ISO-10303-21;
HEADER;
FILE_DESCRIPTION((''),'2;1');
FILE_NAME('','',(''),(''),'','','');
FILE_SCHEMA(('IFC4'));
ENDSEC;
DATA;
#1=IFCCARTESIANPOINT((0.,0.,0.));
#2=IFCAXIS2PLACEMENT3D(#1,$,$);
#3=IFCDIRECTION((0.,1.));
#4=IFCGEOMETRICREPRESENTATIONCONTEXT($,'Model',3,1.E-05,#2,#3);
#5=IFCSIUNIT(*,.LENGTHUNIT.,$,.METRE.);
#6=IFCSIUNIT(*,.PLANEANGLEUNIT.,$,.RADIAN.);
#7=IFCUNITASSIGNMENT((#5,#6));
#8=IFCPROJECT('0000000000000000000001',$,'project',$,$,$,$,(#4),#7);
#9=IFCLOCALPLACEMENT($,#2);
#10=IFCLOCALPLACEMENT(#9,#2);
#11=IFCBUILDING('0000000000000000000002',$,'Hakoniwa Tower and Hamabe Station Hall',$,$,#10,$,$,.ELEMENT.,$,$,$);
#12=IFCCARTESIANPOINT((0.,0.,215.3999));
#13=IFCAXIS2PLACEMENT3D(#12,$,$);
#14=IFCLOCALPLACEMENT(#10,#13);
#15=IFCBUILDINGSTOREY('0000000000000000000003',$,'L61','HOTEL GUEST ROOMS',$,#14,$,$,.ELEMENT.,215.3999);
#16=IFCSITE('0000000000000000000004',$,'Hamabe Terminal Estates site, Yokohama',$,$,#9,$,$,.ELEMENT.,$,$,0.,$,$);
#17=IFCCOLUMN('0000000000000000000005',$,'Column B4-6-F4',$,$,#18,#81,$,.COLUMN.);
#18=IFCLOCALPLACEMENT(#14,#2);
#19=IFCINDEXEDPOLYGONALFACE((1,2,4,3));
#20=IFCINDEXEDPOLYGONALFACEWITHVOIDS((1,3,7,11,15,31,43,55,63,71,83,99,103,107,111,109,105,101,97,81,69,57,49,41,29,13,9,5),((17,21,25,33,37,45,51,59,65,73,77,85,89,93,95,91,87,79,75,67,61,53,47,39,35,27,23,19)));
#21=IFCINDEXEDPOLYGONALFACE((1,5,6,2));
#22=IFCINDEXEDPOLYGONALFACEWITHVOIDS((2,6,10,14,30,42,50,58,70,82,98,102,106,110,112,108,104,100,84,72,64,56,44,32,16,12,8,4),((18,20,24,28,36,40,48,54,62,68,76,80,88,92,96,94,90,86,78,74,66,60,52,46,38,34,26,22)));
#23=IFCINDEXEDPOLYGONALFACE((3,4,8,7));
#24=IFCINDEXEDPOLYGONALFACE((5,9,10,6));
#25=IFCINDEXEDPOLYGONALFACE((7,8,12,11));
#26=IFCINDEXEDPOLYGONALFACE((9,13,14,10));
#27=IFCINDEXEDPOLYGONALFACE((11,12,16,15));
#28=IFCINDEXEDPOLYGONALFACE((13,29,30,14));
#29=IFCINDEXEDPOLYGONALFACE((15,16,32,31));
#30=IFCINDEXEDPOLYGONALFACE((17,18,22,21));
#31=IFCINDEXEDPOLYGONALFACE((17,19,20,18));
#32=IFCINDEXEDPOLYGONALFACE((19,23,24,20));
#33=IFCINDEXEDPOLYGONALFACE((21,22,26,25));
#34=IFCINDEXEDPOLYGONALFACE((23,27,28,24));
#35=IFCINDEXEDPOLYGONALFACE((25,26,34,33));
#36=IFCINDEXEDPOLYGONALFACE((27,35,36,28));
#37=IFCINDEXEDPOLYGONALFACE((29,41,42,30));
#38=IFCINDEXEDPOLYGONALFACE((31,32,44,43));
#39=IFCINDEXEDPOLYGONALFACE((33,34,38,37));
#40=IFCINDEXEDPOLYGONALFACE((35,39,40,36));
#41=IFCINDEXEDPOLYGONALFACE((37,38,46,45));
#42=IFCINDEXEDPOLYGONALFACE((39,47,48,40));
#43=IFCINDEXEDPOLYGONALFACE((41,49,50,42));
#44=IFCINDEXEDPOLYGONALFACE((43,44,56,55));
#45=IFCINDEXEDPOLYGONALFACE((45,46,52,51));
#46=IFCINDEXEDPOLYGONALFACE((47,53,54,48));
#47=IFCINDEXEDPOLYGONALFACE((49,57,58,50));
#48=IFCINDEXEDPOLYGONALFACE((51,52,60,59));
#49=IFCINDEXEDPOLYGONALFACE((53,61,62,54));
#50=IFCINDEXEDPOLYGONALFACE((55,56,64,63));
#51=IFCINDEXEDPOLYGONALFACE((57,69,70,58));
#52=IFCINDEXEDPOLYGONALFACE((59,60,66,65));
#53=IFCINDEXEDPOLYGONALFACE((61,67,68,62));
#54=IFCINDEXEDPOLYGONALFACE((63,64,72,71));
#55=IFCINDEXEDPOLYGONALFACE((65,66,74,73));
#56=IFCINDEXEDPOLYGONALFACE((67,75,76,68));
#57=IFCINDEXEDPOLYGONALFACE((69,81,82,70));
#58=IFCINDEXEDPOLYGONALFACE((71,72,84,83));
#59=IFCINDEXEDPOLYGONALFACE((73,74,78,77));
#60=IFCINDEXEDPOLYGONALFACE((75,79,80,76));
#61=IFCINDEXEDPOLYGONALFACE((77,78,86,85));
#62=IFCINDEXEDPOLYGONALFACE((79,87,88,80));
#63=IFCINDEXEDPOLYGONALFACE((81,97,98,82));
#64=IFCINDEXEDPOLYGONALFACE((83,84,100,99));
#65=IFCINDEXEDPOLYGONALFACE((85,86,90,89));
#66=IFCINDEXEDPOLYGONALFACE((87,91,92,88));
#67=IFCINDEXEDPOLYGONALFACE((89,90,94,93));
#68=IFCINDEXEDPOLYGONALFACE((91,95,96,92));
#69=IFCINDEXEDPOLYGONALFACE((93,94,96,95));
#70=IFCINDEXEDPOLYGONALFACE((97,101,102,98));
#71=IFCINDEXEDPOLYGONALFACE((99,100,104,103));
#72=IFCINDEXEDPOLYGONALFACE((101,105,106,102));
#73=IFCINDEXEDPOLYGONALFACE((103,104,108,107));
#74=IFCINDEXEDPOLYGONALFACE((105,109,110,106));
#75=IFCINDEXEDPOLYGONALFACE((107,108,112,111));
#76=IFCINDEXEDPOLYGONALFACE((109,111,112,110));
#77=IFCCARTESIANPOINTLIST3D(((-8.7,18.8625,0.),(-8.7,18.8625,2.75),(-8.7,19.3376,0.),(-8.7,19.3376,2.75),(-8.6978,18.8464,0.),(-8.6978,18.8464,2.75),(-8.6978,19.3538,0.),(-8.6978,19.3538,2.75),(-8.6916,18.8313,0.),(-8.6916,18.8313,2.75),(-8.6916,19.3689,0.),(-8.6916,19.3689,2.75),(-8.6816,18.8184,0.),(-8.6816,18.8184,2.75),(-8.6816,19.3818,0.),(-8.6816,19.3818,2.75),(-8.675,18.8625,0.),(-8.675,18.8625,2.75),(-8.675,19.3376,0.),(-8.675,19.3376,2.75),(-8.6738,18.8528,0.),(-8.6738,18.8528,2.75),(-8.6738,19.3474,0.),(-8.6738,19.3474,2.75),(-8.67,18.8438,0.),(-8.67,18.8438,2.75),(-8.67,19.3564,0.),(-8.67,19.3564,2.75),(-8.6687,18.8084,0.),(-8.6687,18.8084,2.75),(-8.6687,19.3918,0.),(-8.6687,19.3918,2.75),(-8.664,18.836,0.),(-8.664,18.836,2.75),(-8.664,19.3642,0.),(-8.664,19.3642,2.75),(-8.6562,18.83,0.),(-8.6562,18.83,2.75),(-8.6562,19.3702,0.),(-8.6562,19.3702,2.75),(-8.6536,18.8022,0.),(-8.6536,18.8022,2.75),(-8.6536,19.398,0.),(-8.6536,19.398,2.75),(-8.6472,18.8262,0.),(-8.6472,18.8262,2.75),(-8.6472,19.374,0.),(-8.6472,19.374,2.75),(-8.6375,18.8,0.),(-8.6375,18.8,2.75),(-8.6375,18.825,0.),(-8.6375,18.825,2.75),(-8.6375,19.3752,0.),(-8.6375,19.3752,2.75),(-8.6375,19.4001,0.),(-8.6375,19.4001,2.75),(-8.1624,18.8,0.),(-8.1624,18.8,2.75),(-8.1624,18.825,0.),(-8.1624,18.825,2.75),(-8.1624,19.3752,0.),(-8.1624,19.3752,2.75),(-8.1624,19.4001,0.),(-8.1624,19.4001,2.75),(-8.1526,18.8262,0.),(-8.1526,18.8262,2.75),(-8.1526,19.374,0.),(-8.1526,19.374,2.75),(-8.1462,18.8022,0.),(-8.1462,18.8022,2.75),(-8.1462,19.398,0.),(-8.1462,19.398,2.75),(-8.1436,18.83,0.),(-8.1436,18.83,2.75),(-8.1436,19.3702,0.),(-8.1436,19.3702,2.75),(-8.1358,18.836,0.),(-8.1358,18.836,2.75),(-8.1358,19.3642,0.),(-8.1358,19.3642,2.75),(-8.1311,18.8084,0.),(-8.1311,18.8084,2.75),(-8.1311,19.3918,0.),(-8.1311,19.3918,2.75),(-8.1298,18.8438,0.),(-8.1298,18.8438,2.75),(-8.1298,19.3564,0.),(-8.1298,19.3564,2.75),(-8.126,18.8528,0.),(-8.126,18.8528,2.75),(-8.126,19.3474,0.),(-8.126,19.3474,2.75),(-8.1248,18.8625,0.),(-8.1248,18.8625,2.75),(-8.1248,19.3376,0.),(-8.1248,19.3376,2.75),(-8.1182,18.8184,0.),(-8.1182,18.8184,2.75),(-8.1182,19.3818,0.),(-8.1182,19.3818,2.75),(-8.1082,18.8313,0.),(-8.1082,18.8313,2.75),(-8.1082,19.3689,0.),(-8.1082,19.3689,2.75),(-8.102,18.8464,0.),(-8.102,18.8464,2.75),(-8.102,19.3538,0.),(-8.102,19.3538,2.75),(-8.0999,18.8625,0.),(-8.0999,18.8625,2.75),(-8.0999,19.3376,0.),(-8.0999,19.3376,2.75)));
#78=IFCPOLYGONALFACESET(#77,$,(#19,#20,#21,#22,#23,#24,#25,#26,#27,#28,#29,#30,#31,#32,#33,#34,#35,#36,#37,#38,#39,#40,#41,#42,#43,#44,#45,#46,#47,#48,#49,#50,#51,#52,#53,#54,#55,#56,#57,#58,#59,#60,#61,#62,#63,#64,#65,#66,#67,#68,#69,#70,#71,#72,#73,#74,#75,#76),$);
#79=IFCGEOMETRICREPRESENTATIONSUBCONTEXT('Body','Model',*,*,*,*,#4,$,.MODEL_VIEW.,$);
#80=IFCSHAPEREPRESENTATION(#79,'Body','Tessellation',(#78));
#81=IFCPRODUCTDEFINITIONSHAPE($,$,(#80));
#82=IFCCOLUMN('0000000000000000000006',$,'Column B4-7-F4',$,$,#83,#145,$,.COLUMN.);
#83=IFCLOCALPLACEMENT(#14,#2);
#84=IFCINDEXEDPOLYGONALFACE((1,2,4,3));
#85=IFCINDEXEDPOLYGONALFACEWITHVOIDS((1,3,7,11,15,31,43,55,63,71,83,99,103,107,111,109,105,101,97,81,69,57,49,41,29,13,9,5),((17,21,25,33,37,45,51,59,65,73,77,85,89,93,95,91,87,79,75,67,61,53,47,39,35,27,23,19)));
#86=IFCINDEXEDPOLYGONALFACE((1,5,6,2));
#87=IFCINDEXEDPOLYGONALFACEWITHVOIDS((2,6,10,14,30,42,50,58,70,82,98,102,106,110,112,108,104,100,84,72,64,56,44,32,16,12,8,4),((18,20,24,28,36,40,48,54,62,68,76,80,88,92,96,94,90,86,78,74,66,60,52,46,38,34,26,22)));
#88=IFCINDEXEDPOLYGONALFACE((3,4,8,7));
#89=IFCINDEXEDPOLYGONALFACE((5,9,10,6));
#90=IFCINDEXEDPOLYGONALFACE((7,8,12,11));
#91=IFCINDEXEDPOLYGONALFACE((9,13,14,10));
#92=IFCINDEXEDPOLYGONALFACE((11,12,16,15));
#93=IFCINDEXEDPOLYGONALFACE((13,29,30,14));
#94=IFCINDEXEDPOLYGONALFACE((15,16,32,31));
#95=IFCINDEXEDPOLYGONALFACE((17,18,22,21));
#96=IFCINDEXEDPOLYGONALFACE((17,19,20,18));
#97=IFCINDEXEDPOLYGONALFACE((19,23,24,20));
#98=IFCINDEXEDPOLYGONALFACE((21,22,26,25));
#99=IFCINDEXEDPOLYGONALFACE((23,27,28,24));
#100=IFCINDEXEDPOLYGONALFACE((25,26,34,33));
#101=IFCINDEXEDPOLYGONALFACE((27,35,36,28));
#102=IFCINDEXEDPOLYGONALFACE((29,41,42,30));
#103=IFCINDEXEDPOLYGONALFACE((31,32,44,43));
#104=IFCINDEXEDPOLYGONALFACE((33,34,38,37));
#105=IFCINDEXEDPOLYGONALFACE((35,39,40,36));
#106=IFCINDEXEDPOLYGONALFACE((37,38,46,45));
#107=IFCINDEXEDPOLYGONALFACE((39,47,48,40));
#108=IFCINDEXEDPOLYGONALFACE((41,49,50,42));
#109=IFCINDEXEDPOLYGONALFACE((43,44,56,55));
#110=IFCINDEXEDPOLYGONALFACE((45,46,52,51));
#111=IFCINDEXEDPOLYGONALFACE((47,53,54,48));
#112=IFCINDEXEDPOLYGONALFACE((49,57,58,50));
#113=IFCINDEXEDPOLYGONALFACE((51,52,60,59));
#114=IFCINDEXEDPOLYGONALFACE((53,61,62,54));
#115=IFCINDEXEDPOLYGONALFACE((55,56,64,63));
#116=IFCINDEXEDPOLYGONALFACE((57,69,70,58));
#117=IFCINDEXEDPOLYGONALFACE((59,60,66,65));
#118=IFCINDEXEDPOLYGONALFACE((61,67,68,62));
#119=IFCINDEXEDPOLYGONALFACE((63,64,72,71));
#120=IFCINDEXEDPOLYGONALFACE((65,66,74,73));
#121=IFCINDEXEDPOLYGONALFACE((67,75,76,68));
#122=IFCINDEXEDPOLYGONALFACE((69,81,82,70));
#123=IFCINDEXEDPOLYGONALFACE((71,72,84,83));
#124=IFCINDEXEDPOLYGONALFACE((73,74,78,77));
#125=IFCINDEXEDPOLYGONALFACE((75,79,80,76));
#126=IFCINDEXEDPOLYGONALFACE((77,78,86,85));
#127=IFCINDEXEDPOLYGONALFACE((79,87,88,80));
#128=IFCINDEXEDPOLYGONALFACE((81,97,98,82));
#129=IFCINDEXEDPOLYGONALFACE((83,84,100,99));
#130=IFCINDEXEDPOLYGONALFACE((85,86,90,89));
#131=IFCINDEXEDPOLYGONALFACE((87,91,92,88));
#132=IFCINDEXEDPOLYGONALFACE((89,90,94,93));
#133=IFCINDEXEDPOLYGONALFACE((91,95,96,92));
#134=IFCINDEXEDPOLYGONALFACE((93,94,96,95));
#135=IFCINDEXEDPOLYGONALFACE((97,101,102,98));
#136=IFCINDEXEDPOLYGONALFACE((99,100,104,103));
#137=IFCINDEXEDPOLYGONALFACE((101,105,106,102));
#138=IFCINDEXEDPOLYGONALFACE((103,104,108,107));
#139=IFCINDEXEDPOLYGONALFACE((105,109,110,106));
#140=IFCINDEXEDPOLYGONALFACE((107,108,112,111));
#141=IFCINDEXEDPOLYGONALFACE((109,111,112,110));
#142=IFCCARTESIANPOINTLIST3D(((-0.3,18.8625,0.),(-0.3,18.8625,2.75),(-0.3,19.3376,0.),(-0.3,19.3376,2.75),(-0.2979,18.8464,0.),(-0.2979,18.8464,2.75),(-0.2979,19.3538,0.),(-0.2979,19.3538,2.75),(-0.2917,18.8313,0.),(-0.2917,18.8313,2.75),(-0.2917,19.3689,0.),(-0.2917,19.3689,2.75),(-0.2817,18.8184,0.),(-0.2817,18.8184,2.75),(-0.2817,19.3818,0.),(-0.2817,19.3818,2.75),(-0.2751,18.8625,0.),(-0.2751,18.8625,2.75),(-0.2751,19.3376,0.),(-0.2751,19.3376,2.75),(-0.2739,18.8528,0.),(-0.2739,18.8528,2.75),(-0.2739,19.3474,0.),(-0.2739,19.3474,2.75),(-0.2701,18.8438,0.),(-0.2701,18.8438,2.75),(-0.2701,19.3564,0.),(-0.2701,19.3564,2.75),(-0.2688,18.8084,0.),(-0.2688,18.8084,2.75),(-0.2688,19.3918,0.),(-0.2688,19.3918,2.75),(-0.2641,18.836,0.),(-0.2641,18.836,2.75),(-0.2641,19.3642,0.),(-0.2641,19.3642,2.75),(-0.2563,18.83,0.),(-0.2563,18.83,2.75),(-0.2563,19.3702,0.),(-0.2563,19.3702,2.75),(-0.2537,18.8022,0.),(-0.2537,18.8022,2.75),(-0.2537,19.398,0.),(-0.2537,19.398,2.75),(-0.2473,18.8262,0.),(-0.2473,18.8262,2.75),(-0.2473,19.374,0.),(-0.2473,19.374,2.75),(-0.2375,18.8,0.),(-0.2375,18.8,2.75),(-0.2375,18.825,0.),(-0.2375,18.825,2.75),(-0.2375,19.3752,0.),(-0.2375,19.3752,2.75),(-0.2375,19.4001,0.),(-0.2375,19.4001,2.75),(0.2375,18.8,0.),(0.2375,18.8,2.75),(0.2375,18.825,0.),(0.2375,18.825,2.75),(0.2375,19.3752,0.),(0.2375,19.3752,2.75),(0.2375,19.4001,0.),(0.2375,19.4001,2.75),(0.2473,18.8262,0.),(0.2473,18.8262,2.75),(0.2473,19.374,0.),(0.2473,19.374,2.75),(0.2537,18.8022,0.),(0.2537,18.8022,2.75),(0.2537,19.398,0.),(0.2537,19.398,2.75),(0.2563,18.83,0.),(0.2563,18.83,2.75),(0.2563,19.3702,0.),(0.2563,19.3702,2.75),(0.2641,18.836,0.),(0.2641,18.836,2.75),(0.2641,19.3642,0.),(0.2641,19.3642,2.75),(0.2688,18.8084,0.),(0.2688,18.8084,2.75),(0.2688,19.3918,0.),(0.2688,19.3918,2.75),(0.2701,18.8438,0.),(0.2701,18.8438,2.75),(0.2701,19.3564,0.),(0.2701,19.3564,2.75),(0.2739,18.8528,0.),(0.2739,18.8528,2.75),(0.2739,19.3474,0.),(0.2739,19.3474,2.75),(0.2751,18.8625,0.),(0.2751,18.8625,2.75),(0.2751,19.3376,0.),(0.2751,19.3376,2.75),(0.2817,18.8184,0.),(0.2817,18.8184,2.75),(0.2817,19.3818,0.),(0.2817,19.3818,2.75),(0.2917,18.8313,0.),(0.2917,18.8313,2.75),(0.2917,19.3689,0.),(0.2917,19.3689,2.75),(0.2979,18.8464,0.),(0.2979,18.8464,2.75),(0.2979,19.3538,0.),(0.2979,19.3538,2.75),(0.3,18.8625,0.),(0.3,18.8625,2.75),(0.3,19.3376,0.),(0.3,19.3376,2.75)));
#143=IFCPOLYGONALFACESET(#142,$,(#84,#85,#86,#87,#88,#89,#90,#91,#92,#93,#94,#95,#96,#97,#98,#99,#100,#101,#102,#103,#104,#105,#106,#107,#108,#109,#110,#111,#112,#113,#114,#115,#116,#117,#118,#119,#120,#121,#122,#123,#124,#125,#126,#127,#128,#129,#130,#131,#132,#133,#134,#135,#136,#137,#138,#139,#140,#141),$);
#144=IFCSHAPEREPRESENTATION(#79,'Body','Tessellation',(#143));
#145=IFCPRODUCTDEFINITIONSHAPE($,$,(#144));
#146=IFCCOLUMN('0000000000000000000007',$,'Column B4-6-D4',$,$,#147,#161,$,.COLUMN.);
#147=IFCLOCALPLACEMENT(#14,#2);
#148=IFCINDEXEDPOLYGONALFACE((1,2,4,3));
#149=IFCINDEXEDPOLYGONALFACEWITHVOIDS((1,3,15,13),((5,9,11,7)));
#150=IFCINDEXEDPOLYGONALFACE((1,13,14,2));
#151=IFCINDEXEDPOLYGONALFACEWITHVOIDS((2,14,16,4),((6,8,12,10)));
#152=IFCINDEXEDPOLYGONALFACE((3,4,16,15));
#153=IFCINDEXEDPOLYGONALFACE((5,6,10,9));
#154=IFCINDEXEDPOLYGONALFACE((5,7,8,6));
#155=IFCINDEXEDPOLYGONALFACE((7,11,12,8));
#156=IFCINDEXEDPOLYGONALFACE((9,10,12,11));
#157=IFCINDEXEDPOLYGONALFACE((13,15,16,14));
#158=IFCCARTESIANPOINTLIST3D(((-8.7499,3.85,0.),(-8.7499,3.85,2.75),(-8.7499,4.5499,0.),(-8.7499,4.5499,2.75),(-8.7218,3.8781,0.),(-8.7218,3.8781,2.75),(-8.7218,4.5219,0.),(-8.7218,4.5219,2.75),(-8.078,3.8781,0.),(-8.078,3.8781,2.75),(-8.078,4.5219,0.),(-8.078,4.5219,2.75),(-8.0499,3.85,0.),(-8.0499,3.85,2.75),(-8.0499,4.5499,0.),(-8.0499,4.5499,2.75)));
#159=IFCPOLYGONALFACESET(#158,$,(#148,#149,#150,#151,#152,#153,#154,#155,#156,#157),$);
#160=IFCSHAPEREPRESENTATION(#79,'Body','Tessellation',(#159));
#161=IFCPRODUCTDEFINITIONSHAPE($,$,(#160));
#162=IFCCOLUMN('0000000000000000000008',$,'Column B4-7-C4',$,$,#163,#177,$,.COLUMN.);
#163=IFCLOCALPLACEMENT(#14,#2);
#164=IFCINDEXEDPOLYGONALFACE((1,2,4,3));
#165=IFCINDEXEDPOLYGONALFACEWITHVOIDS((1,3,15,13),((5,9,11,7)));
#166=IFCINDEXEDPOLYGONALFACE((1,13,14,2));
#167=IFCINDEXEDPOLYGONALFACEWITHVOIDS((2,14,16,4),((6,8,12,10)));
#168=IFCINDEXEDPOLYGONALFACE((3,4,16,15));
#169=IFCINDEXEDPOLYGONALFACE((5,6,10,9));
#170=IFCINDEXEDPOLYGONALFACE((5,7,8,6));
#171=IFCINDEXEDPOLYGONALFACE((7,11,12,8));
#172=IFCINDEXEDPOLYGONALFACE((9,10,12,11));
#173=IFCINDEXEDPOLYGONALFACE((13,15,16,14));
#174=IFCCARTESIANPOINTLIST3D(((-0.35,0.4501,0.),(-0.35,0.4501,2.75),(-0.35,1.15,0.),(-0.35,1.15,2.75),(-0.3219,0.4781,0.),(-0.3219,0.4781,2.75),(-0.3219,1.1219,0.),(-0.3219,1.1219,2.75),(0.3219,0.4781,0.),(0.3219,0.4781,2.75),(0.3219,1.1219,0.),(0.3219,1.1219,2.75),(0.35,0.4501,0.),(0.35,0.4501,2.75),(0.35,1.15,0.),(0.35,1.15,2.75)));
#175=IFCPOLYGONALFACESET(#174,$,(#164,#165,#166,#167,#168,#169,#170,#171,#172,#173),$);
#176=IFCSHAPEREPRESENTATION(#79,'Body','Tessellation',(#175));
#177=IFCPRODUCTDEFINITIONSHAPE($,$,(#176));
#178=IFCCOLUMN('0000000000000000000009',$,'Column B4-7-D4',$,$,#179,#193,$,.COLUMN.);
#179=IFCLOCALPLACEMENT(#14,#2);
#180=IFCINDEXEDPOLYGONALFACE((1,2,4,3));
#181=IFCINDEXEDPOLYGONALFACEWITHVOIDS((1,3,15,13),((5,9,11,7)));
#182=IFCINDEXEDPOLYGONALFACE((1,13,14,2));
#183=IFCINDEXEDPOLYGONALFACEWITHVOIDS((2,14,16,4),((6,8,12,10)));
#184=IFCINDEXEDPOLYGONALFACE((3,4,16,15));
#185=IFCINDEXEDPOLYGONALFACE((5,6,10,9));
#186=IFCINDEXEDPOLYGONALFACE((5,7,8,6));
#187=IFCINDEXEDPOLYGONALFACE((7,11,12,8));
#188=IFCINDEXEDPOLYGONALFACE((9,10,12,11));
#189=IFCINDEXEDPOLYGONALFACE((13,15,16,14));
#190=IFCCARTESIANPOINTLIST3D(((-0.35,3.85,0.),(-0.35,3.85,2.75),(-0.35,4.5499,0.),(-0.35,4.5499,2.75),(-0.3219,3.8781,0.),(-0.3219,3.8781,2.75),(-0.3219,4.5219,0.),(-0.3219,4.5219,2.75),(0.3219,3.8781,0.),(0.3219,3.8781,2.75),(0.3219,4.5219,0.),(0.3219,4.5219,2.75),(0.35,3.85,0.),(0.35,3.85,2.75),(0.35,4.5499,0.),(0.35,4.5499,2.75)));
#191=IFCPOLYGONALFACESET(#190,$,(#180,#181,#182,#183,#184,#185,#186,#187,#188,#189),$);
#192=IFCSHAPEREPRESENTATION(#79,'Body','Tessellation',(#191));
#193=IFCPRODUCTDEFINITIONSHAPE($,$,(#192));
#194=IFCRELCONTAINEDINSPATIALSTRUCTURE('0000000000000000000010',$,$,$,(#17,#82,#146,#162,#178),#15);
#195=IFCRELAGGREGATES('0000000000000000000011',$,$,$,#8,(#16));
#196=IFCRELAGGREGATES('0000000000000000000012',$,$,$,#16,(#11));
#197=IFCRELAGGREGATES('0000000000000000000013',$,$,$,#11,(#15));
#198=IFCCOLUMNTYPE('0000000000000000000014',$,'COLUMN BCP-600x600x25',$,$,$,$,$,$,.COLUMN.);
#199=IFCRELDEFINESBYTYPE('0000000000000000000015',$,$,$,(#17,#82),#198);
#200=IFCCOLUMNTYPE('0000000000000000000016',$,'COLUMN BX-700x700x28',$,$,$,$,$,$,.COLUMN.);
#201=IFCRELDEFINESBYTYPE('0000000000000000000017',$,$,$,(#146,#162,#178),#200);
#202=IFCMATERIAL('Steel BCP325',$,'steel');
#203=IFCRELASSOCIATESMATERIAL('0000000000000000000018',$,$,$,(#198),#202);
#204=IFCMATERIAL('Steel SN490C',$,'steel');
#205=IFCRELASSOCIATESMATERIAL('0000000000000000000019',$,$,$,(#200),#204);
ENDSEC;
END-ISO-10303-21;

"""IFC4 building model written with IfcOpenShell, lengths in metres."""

from ifc_helpers import new_model, si_unit, direction, frame, origin, origin_2d, place, context, subcontext, project, spatial, hollow_rectangle, extrude, material, material_profile, profile_set, type_object, element, save


model = new_model("IFC4")

# Units and contexts
model_context = context("Model", 3, precision=1e-05, world=origin(), true_north=direction((0.0, 1.0)))
body_context = subcontext(model_context, "Body", "Model", "MODEL_VIEW")
ifc_project = project(units=[si_unit("LENGTHUNIT", "METRE"), si_unit("PLANEANGLEUNIT", "RADIAN")], contexts=[model_context])

# Site, building, storey
site_placement = place(None, origin())
site = spatial("IfcSite", under=ifc_project, at=site_placement, Name="Hamabe Terminal Estates site, Yokohama", CompositionType="ELEMENT", RefElevation=0.0)
building_placement = place(site_placement, origin())
building = spatial("IfcBuilding", under=site, at=building_placement, Name="Hakoniwa Tower and Hamabe Station Hall", CompositionType="ELEMENT")
storey_placement = place(building_placement, frame((0.0, 0.0, 215.3999)))
storey = spatial("IfcBuildingStorey", under=building, at=storey_placement, Name="L61", Description="HOTEL GUEST ROOMS", CompositionType="ELEMENT", Elevation=215.3999)

# Columns
ifc_material_1 = material(Name="Steel BCP325", Category="steel")
ifc_material_profile_1 = material_profile(ifc_material_1, hollow_rectangle(XDim=0.6001, YDim=0.6001, WallThickness=0.0249, InnerFilletRadius=0.0376, OuterFilletRadius=0.0625, at=origin_2d()), Name="BCP-600x600x25")
ifc_profile_set_1 = profile_set([ifc_material_profile_1], Name="Steel BCP325")
column_type_1 = type_object("IfcColumnType", Name="COLUMN BCP-600x600x25", PredefinedType="COLUMN", material=ifc_profile_set_1)
for number, where, z_axis, x_axis, name in (
    (1, (-8.3999, 19.1001, 0.0), (0.0, 0.0, 1.0), (1.0, 0.0, 0.0), "Column B4-6-F4"),
    (2, (0.0, 19.1001, 0.0), (0.0, 0.0, 1.0), (1.0, 0.0, 0.0), "Column B4-7-F4"),
):
    element("IfcColumn", number, at=place(storey_placement, frame(where, z_axis=z_axis, x_axis=x_axis)), inside=storey, type_object=column_type_1, Name=name, PredefinedType="COLUMN", context=body_context, shape_type="SweptSolid", body=[
        extrude(hollow_rectangle(XDim=0.6001, YDim=0.6001, WallThickness=0.0249, InnerFilletRadius=0.0376, OuterFilletRadius=0.0625, at=origin_2d()), origin(), (0.0, 0.0, 1.0), 2.75),
    ])
ifc_material_2 = material(Name="Steel SN490C", Category="steel")
ifc_material_profile_2 = material_profile(ifc_material_2, hollow_rectangle(XDim=0.7, YDim=0.7, WallThickness=0.0281, at=origin_2d()), Name="BX-700x700x28")
ifc_profile_set_2 = profile_set([ifc_material_profile_2], Name="Steel SN490C")
column_type_2 = type_object("IfcColumnType", Name="COLUMN BX-700x700x28", PredefinedType="COLUMN", material=ifc_profile_set_2)
for number, where, z_axis, x_axis, name in (
    (3, (-8.3999, 4.2, 0.0), (0.0, 0.0, 1.0), (1.0, 0.0, 0.0), "Column B4-6-D4"),
    (4, (0.0, 0.8, 0.0), (0.0, 0.0, 1.0), (1.0, 0.0, 0.0), "Column B4-7-C4"),
    (5, (0.0, 4.2, 0.0), (0.0, 0.0, 1.0), (1.0, 0.0, 0.0), "Column B4-7-D4"),
):
    element("IfcColumn", number, at=place(storey_placement, frame(where, z_axis=z_axis, x_axis=x_axis)), inside=storey, type_object=column_type_2, Name=name, PredefinedType="COLUMN", context=body_context, shape_type="SweptSolid", body=[
        extrude(hollow_rectangle(XDim=0.7, YDim=0.7, WallThickness=0.0281, at=origin_2d()), origin(), (0.0, 0.0, 1.0), 2.75),
    ])

save(model, "model.ifc")
